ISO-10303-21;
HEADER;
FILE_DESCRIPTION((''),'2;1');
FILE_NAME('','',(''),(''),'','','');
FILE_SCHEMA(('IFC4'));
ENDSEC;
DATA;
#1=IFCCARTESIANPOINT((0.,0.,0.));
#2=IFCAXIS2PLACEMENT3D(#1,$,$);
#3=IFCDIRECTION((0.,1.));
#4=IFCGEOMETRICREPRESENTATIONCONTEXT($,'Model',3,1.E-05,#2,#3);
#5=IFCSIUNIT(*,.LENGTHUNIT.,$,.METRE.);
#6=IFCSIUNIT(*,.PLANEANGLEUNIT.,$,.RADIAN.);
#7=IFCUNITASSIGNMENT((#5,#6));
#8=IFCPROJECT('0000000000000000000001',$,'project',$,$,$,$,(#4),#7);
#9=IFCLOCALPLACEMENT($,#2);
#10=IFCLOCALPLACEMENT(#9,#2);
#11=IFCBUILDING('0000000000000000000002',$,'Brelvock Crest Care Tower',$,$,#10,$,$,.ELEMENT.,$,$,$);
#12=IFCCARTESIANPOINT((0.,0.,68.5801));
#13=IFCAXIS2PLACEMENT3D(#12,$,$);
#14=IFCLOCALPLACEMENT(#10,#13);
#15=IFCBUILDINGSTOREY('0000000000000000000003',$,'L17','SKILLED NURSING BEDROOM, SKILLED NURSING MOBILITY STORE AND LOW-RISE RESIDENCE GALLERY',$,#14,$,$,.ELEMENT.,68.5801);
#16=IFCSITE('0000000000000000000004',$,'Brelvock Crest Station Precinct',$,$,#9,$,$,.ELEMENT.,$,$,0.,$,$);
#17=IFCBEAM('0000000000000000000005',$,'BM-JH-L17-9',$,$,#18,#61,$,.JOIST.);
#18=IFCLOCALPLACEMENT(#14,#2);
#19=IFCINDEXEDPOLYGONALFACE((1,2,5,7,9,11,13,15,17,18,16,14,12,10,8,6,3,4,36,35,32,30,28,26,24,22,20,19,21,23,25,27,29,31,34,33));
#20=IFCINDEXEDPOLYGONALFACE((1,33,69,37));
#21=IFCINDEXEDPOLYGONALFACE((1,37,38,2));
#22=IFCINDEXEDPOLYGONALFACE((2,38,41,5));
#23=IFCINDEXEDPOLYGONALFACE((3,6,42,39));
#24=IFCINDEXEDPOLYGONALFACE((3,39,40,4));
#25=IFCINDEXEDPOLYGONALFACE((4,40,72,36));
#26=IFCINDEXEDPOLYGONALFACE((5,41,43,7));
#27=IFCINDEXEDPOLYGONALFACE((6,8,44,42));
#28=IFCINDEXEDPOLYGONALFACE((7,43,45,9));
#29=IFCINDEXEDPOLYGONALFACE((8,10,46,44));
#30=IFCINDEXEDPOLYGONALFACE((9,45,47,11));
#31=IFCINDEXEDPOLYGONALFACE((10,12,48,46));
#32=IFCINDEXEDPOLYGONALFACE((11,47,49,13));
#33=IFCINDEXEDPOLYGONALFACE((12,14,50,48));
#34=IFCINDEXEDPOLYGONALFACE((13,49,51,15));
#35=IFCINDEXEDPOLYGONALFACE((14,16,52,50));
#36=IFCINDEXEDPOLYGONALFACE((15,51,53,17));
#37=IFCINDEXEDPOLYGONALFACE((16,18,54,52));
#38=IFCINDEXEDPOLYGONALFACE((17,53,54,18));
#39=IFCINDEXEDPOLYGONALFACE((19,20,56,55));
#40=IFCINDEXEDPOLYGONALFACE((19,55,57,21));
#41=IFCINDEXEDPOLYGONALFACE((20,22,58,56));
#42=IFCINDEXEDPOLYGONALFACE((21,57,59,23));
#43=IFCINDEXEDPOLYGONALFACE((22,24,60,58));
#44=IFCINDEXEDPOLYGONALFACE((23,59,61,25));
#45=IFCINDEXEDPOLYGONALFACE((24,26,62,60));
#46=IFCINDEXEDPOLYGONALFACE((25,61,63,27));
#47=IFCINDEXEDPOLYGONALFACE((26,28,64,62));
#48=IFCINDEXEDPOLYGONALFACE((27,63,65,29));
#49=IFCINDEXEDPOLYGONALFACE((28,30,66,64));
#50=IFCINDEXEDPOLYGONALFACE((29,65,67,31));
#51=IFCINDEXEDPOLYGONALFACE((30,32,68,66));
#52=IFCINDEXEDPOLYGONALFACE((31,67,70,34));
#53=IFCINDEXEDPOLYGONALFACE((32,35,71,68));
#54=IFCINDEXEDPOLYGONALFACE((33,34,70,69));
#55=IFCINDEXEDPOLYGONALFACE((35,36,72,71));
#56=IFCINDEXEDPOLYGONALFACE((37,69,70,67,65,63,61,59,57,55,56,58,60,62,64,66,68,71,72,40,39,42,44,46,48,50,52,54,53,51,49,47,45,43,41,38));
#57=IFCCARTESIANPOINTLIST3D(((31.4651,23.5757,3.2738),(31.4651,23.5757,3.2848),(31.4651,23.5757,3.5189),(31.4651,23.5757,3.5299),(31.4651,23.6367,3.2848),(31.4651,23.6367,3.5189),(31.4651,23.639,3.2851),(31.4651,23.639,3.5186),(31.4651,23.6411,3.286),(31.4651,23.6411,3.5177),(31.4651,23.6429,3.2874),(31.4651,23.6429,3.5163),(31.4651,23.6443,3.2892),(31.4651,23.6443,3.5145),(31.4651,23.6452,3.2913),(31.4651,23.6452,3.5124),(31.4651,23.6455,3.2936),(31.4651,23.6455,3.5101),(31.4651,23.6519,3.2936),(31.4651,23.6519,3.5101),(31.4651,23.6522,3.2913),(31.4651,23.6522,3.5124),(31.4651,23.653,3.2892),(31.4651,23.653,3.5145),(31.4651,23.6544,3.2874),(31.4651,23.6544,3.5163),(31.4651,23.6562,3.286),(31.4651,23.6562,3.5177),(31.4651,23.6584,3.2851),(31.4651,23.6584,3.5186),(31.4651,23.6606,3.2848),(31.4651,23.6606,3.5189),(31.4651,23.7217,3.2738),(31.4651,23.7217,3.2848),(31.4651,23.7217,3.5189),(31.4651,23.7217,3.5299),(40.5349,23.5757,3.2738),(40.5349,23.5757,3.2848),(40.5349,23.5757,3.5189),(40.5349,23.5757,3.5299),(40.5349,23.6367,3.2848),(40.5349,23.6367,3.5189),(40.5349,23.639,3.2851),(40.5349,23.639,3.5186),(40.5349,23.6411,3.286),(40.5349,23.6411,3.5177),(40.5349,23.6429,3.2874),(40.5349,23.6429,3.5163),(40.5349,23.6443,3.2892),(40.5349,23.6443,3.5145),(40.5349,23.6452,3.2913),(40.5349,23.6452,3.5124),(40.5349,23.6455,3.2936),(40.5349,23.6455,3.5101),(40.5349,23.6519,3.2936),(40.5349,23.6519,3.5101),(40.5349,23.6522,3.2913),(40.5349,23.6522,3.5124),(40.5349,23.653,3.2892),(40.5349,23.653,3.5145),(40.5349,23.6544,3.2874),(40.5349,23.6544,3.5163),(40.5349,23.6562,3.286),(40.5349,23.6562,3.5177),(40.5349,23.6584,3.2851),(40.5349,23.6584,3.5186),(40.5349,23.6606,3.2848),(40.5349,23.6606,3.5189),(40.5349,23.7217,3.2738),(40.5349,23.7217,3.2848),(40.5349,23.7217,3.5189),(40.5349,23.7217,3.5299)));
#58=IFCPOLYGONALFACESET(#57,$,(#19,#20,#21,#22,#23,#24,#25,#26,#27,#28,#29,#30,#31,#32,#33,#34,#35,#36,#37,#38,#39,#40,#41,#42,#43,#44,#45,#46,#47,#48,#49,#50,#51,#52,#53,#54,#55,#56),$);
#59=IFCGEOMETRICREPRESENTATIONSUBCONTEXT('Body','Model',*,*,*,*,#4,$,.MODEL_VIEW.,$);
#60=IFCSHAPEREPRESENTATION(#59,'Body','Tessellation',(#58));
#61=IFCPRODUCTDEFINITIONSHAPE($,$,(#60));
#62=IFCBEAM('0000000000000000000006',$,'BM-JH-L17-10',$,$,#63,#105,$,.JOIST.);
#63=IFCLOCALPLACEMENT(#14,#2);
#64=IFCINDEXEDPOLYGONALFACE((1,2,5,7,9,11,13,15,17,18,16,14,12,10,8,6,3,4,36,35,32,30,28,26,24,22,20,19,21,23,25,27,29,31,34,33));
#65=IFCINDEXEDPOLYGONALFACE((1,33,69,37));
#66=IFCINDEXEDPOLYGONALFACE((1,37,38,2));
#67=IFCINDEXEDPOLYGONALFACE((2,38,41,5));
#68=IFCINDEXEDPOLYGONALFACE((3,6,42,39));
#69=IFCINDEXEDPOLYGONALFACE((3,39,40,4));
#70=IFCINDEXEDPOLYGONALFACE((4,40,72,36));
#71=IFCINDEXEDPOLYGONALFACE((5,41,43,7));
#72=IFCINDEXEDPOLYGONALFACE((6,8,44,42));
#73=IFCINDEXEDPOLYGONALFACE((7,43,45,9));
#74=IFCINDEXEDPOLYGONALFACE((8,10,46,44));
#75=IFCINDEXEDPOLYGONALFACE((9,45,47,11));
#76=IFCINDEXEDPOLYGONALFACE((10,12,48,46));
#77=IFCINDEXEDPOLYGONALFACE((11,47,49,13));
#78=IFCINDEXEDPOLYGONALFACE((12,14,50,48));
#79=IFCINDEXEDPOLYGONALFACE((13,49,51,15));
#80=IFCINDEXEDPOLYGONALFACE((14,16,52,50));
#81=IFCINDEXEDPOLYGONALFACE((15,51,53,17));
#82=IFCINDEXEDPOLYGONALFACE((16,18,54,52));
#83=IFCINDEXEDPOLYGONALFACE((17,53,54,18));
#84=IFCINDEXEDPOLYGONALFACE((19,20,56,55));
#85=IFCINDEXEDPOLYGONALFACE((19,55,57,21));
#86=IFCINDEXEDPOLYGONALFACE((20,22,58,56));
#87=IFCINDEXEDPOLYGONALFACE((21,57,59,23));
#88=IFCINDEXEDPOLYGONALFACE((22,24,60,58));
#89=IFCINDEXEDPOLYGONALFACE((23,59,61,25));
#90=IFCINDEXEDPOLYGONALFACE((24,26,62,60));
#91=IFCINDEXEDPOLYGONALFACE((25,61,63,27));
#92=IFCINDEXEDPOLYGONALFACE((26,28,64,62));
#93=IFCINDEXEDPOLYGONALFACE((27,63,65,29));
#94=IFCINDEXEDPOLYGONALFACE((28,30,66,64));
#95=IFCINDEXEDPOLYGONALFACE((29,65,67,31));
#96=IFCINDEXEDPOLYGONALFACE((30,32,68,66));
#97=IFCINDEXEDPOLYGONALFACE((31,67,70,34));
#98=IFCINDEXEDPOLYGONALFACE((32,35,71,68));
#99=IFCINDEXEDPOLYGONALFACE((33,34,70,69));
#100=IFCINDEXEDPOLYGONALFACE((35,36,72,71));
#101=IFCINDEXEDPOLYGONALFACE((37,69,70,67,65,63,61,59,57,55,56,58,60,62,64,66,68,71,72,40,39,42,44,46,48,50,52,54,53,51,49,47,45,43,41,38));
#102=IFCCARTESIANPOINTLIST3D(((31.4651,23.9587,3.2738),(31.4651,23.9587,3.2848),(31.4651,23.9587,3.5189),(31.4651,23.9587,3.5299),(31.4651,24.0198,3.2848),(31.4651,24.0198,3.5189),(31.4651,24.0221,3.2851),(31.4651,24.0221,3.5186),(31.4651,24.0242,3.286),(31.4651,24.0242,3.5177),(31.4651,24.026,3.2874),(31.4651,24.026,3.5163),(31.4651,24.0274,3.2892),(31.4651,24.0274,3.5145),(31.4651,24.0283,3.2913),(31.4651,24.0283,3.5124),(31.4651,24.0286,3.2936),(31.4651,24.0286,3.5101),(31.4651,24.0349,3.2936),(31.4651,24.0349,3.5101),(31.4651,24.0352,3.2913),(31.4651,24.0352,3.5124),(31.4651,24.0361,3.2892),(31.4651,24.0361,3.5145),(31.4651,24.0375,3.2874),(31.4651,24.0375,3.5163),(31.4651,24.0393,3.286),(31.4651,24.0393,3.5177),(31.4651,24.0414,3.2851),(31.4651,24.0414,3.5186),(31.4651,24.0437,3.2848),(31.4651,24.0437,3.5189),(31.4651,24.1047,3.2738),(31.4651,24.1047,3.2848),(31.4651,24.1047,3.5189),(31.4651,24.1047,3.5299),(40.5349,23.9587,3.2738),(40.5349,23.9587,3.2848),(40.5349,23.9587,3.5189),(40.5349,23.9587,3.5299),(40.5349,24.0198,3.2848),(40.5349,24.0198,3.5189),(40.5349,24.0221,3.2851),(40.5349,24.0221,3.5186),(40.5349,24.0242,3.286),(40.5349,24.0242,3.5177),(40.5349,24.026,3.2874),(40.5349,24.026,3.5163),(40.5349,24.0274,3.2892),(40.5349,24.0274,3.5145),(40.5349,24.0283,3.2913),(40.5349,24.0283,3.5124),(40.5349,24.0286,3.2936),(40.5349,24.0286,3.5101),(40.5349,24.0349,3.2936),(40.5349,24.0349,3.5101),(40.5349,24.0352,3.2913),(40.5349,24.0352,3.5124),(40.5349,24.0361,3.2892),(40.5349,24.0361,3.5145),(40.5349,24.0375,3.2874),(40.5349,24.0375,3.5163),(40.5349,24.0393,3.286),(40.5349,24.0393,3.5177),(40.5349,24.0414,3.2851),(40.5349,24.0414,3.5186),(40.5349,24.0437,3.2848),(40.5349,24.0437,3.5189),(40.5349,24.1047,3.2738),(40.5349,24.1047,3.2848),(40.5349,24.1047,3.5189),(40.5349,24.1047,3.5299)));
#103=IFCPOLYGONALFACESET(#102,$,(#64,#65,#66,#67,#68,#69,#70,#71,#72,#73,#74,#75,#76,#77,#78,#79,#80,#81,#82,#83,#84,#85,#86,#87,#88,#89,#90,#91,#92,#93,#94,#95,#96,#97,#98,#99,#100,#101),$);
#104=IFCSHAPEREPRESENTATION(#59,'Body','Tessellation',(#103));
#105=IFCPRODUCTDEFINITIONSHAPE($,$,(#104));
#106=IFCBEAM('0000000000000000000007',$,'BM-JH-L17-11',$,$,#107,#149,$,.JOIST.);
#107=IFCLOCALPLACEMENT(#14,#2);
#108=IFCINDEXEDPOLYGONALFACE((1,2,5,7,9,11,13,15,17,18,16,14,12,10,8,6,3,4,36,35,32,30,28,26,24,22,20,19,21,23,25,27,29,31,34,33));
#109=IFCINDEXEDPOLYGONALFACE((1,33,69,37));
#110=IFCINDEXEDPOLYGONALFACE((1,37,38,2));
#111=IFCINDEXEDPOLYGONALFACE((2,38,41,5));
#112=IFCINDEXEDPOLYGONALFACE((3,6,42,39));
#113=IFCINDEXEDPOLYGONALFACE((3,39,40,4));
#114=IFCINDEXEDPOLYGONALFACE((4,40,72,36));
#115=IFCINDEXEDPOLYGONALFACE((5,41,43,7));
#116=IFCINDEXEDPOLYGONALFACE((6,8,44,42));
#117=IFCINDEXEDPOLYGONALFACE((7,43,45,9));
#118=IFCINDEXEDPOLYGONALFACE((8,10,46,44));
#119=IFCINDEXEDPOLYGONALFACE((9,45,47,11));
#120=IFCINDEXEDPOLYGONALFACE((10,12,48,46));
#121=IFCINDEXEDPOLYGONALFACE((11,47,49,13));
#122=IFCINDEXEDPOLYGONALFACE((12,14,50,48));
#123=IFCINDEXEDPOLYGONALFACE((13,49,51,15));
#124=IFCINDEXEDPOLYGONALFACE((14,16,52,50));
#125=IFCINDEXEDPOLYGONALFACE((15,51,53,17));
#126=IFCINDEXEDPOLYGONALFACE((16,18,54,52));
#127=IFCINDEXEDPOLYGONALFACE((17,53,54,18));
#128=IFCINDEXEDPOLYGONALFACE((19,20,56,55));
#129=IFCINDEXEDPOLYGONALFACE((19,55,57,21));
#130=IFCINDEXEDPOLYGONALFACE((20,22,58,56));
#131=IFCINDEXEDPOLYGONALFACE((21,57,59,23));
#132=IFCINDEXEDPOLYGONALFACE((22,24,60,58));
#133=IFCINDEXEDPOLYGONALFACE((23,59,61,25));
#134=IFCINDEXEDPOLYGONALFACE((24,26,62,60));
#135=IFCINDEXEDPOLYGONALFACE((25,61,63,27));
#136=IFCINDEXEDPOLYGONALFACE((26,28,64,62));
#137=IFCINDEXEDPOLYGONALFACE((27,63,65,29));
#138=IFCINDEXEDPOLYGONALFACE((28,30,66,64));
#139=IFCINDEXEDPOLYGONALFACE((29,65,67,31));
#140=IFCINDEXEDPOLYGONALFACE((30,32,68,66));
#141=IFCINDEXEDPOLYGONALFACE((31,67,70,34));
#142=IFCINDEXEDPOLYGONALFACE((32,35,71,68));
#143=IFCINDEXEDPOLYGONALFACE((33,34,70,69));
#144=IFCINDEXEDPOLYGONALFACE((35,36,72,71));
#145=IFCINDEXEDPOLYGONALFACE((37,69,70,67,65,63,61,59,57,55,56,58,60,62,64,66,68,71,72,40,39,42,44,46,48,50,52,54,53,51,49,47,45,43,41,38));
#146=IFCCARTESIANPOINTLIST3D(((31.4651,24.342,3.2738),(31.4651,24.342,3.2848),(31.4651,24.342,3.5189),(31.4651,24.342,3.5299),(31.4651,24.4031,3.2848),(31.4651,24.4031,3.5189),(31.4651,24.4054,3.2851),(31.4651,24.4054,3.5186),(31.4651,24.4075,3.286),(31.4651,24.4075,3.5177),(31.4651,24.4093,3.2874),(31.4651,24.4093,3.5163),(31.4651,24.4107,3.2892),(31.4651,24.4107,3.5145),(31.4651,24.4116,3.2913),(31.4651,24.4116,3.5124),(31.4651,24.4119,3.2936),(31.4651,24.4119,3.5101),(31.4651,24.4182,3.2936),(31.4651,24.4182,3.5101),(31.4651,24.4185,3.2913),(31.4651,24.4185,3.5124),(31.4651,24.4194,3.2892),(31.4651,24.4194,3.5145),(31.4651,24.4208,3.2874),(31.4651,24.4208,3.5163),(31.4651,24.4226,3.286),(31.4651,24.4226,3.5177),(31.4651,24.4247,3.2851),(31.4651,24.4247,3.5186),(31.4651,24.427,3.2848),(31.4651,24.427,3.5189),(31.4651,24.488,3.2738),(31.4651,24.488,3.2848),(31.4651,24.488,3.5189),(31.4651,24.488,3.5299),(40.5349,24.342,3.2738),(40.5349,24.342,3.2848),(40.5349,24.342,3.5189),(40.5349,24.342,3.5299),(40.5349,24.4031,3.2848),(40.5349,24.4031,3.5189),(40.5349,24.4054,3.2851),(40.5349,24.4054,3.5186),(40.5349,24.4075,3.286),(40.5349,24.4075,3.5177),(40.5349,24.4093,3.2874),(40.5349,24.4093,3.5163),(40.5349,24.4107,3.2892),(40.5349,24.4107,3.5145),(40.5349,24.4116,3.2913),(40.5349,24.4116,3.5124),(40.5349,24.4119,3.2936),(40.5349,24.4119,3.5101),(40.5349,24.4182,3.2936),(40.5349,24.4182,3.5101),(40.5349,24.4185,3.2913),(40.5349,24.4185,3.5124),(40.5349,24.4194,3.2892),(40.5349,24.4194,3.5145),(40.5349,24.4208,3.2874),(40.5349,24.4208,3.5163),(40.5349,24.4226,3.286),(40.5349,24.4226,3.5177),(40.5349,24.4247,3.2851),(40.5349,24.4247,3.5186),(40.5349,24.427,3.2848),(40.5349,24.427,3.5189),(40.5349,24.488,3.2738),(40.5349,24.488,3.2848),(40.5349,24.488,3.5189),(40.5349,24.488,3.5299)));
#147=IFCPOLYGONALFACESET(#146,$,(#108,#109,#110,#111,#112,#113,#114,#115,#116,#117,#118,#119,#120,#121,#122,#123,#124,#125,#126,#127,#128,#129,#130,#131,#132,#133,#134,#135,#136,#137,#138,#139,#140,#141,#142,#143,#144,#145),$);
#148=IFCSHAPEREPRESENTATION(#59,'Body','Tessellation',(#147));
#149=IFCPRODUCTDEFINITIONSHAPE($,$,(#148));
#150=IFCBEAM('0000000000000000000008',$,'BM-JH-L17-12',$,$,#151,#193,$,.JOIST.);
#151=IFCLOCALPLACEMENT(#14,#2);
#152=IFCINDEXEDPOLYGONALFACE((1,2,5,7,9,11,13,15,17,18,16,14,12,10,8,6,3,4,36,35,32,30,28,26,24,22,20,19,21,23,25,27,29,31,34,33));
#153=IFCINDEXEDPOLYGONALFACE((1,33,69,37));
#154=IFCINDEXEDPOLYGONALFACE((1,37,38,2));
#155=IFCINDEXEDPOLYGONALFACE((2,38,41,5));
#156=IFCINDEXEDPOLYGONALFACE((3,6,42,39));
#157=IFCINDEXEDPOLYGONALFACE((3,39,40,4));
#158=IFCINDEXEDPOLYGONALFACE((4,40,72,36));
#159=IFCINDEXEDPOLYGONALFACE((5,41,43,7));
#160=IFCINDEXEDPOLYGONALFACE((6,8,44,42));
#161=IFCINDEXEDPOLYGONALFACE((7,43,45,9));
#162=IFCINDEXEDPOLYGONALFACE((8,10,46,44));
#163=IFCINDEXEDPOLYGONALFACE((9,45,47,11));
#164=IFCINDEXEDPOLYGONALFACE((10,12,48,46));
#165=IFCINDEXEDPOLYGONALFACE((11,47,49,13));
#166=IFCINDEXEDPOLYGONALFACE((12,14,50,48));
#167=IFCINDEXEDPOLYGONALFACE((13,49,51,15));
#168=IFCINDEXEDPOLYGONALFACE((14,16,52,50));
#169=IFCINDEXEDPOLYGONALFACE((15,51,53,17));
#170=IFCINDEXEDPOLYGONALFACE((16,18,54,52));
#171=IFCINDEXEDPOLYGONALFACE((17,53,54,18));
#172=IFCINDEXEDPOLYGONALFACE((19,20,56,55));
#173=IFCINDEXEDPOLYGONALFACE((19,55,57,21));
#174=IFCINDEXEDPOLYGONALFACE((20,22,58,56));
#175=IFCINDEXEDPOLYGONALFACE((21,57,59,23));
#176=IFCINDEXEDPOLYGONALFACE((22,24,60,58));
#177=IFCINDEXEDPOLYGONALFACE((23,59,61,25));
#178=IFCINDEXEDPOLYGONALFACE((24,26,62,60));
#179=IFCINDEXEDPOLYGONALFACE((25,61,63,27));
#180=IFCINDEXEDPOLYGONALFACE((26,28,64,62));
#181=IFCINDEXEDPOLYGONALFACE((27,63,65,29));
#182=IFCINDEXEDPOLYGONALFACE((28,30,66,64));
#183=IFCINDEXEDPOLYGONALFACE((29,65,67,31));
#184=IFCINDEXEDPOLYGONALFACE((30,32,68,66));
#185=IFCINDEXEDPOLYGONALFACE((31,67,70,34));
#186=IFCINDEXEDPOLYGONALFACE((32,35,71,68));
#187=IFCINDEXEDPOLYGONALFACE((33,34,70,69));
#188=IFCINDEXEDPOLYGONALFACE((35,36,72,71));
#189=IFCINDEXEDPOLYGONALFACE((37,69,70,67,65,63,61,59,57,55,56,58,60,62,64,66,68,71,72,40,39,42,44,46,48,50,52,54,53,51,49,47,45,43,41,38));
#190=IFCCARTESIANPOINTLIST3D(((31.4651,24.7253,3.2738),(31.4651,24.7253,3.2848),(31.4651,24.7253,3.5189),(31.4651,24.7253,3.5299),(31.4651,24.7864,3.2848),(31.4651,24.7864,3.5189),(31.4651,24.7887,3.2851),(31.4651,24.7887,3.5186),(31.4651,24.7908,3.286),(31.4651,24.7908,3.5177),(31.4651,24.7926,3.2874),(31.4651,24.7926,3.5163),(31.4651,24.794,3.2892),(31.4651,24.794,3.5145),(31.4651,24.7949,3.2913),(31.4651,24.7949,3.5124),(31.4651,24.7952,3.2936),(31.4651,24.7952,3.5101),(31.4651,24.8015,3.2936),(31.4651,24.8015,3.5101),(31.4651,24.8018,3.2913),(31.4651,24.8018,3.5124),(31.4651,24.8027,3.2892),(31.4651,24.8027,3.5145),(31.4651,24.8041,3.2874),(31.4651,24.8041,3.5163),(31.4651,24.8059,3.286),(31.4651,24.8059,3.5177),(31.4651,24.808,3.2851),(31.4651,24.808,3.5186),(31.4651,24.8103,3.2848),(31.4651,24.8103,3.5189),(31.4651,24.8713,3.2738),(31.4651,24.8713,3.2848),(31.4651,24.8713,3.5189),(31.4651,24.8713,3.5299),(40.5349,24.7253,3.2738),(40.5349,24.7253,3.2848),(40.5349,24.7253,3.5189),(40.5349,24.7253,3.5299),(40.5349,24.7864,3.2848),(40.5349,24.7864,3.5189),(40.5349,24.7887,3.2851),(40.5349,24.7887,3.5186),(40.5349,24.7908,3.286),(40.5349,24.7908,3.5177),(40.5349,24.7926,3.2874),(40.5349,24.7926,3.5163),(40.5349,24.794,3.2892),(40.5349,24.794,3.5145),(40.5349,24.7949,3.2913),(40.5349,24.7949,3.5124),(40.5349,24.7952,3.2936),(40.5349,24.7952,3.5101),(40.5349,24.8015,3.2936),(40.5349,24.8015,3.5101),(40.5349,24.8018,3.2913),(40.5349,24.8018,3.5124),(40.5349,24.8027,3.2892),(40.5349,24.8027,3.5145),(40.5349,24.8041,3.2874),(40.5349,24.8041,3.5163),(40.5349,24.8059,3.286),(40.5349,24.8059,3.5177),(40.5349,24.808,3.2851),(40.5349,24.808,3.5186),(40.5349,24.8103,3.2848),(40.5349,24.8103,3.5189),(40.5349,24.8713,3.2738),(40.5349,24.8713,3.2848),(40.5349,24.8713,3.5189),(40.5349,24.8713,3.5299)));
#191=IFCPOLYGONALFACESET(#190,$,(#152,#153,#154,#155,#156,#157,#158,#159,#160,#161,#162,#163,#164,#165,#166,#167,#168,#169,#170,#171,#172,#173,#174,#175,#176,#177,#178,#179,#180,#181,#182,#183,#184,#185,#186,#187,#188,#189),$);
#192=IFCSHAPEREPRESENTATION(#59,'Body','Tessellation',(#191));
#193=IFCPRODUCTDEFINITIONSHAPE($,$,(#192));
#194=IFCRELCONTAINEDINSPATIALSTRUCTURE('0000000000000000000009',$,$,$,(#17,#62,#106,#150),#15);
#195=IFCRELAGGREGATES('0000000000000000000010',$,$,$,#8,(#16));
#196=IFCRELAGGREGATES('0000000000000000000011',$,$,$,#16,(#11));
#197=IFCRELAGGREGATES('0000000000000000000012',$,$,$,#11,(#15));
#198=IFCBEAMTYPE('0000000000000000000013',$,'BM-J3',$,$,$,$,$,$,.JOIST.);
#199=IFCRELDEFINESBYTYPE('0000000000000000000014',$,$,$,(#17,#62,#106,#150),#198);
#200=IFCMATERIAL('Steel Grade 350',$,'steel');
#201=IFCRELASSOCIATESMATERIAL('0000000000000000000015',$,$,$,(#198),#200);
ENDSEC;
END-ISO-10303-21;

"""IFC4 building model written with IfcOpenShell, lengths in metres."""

from ifc_helpers import new_model, si_unit, direction, frame, origin, origin_2d, place, context, subcontext, project, spatial, i_section, extrude, source, transform, mapped, material, material_profile, profile_set, type_object, element, save


model = new_model("IFC4")

# Units and contexts
model_context = context("Model", 3, precision=1e-05, world=origin(), true_north=direction((0.0, 1.0)))
body_context = subcontext(model_context, "Body", "Model", "MODEL_VIEW")
ifc_project = project(units=[si_unit("LENGTHUNIT", "METRE"), si_unit("PLANEANGLEUNIT", "RADIAN")], contexts=[model_context])

# Site, building, storey
site_placement = place(None, origin())
site = spatial("IfcSite", under=ifc_project, at=site_placement, Name="Brelvock Crest Station Precinct", CompositionType="ELEMENT", RefElevation=0.0)
building_placement = place(site_placement, origin())
building = spatial("IfcBuilding", under=site, at=building_placement, Name="Brelvock Crest Care Tower", CompositionType="ELEMENT")
storey_placement = place(building_placement, frame((0.0, 0.0, 68.5801)))
storey = spatial("IfcBuildingStorey", under=building, at=storey_placement, Name="L17", Description="SKILLED NURSING BEDROOM, SKILLED NURSING MOBILITY STORE AND LOW-RISE RESIDENCE GALLERY", CompositionType="ELEMENT", Elevation=68.5801)

# Beams
ifc_material_1 = material(Name="Steel Grade 350", Category="steel")
ifc_material_profile = material_profile(ifc_material_1, i_section(OverallWidth=0.146, OverallDepth=0.2561, WebThickness=0.0063, FlangeThickness=0.011, FilletRadius=0.0088, at=origin_2d()), Name="250UB37.3")
ifc_profile_set = profile_set([ifc_material_profile], Name="Steel Grade 350")
beam_type = type_object("IfcBeamType", Name="BM-J3", PredefinedType="JOIST", material=ifc_profile_set)
shared_shape_1 = source(origin(), body_context, "Body", "SweptSolid", [
    extrude(i_section(OverallWidth=0.146, OverallDepth=0.2561, WebThickness=0.0063, FlangeThickness=0.011, FilletRadius=0.0088, at=origin_2d()), origin(), (0.0, 0.0, 1.0), 9.0698),
])
for number, where, z_axis, x_axis, name in (
    (1, (31.4651, 23.6487, 3.4019), (1.0, 0.0, 0.0), (0.0, 1.0, 0.0), "BM-JH-L17-9"),
    (2, (31.4651, 24.0317, 3.4019), (1.0, 0.0, 0.0), (0.0, 1.0, 0.0), "BM-JH-L17-10"),
    (3, (31.4651, 24.415, 3.4019), (1.0, 0.0, 0.0), (0.0, 1.0, 0.0), "BM-JH-L17-11"),
    (4, (31.4651, 24.7983, 3.4019), (1.0, 0.0, 0.0), (0.0, 1.0, 0.0), "BM-JH-L17-12"),
):
    element("IfcBeam", number, at=place(storey_placement, frame(where, z_axis=z_axis, x_axis=x_axis)), inside=storey, type_object=beam_type, Name=name, PredefinedType="JOIST", context=body_context, shape_type="MappedRepresentation", body=[
        mapped(shared_shape_1, transform((0.0, 0.0, 0.0), x_axis=(1.0, 0.0, 0.0), y_axis=(0.0, 1.0, 0.0), z_axis=(0.0, 0.0, 1.0), scale=1.0)),
    ])

save(model, "model.ifc")
